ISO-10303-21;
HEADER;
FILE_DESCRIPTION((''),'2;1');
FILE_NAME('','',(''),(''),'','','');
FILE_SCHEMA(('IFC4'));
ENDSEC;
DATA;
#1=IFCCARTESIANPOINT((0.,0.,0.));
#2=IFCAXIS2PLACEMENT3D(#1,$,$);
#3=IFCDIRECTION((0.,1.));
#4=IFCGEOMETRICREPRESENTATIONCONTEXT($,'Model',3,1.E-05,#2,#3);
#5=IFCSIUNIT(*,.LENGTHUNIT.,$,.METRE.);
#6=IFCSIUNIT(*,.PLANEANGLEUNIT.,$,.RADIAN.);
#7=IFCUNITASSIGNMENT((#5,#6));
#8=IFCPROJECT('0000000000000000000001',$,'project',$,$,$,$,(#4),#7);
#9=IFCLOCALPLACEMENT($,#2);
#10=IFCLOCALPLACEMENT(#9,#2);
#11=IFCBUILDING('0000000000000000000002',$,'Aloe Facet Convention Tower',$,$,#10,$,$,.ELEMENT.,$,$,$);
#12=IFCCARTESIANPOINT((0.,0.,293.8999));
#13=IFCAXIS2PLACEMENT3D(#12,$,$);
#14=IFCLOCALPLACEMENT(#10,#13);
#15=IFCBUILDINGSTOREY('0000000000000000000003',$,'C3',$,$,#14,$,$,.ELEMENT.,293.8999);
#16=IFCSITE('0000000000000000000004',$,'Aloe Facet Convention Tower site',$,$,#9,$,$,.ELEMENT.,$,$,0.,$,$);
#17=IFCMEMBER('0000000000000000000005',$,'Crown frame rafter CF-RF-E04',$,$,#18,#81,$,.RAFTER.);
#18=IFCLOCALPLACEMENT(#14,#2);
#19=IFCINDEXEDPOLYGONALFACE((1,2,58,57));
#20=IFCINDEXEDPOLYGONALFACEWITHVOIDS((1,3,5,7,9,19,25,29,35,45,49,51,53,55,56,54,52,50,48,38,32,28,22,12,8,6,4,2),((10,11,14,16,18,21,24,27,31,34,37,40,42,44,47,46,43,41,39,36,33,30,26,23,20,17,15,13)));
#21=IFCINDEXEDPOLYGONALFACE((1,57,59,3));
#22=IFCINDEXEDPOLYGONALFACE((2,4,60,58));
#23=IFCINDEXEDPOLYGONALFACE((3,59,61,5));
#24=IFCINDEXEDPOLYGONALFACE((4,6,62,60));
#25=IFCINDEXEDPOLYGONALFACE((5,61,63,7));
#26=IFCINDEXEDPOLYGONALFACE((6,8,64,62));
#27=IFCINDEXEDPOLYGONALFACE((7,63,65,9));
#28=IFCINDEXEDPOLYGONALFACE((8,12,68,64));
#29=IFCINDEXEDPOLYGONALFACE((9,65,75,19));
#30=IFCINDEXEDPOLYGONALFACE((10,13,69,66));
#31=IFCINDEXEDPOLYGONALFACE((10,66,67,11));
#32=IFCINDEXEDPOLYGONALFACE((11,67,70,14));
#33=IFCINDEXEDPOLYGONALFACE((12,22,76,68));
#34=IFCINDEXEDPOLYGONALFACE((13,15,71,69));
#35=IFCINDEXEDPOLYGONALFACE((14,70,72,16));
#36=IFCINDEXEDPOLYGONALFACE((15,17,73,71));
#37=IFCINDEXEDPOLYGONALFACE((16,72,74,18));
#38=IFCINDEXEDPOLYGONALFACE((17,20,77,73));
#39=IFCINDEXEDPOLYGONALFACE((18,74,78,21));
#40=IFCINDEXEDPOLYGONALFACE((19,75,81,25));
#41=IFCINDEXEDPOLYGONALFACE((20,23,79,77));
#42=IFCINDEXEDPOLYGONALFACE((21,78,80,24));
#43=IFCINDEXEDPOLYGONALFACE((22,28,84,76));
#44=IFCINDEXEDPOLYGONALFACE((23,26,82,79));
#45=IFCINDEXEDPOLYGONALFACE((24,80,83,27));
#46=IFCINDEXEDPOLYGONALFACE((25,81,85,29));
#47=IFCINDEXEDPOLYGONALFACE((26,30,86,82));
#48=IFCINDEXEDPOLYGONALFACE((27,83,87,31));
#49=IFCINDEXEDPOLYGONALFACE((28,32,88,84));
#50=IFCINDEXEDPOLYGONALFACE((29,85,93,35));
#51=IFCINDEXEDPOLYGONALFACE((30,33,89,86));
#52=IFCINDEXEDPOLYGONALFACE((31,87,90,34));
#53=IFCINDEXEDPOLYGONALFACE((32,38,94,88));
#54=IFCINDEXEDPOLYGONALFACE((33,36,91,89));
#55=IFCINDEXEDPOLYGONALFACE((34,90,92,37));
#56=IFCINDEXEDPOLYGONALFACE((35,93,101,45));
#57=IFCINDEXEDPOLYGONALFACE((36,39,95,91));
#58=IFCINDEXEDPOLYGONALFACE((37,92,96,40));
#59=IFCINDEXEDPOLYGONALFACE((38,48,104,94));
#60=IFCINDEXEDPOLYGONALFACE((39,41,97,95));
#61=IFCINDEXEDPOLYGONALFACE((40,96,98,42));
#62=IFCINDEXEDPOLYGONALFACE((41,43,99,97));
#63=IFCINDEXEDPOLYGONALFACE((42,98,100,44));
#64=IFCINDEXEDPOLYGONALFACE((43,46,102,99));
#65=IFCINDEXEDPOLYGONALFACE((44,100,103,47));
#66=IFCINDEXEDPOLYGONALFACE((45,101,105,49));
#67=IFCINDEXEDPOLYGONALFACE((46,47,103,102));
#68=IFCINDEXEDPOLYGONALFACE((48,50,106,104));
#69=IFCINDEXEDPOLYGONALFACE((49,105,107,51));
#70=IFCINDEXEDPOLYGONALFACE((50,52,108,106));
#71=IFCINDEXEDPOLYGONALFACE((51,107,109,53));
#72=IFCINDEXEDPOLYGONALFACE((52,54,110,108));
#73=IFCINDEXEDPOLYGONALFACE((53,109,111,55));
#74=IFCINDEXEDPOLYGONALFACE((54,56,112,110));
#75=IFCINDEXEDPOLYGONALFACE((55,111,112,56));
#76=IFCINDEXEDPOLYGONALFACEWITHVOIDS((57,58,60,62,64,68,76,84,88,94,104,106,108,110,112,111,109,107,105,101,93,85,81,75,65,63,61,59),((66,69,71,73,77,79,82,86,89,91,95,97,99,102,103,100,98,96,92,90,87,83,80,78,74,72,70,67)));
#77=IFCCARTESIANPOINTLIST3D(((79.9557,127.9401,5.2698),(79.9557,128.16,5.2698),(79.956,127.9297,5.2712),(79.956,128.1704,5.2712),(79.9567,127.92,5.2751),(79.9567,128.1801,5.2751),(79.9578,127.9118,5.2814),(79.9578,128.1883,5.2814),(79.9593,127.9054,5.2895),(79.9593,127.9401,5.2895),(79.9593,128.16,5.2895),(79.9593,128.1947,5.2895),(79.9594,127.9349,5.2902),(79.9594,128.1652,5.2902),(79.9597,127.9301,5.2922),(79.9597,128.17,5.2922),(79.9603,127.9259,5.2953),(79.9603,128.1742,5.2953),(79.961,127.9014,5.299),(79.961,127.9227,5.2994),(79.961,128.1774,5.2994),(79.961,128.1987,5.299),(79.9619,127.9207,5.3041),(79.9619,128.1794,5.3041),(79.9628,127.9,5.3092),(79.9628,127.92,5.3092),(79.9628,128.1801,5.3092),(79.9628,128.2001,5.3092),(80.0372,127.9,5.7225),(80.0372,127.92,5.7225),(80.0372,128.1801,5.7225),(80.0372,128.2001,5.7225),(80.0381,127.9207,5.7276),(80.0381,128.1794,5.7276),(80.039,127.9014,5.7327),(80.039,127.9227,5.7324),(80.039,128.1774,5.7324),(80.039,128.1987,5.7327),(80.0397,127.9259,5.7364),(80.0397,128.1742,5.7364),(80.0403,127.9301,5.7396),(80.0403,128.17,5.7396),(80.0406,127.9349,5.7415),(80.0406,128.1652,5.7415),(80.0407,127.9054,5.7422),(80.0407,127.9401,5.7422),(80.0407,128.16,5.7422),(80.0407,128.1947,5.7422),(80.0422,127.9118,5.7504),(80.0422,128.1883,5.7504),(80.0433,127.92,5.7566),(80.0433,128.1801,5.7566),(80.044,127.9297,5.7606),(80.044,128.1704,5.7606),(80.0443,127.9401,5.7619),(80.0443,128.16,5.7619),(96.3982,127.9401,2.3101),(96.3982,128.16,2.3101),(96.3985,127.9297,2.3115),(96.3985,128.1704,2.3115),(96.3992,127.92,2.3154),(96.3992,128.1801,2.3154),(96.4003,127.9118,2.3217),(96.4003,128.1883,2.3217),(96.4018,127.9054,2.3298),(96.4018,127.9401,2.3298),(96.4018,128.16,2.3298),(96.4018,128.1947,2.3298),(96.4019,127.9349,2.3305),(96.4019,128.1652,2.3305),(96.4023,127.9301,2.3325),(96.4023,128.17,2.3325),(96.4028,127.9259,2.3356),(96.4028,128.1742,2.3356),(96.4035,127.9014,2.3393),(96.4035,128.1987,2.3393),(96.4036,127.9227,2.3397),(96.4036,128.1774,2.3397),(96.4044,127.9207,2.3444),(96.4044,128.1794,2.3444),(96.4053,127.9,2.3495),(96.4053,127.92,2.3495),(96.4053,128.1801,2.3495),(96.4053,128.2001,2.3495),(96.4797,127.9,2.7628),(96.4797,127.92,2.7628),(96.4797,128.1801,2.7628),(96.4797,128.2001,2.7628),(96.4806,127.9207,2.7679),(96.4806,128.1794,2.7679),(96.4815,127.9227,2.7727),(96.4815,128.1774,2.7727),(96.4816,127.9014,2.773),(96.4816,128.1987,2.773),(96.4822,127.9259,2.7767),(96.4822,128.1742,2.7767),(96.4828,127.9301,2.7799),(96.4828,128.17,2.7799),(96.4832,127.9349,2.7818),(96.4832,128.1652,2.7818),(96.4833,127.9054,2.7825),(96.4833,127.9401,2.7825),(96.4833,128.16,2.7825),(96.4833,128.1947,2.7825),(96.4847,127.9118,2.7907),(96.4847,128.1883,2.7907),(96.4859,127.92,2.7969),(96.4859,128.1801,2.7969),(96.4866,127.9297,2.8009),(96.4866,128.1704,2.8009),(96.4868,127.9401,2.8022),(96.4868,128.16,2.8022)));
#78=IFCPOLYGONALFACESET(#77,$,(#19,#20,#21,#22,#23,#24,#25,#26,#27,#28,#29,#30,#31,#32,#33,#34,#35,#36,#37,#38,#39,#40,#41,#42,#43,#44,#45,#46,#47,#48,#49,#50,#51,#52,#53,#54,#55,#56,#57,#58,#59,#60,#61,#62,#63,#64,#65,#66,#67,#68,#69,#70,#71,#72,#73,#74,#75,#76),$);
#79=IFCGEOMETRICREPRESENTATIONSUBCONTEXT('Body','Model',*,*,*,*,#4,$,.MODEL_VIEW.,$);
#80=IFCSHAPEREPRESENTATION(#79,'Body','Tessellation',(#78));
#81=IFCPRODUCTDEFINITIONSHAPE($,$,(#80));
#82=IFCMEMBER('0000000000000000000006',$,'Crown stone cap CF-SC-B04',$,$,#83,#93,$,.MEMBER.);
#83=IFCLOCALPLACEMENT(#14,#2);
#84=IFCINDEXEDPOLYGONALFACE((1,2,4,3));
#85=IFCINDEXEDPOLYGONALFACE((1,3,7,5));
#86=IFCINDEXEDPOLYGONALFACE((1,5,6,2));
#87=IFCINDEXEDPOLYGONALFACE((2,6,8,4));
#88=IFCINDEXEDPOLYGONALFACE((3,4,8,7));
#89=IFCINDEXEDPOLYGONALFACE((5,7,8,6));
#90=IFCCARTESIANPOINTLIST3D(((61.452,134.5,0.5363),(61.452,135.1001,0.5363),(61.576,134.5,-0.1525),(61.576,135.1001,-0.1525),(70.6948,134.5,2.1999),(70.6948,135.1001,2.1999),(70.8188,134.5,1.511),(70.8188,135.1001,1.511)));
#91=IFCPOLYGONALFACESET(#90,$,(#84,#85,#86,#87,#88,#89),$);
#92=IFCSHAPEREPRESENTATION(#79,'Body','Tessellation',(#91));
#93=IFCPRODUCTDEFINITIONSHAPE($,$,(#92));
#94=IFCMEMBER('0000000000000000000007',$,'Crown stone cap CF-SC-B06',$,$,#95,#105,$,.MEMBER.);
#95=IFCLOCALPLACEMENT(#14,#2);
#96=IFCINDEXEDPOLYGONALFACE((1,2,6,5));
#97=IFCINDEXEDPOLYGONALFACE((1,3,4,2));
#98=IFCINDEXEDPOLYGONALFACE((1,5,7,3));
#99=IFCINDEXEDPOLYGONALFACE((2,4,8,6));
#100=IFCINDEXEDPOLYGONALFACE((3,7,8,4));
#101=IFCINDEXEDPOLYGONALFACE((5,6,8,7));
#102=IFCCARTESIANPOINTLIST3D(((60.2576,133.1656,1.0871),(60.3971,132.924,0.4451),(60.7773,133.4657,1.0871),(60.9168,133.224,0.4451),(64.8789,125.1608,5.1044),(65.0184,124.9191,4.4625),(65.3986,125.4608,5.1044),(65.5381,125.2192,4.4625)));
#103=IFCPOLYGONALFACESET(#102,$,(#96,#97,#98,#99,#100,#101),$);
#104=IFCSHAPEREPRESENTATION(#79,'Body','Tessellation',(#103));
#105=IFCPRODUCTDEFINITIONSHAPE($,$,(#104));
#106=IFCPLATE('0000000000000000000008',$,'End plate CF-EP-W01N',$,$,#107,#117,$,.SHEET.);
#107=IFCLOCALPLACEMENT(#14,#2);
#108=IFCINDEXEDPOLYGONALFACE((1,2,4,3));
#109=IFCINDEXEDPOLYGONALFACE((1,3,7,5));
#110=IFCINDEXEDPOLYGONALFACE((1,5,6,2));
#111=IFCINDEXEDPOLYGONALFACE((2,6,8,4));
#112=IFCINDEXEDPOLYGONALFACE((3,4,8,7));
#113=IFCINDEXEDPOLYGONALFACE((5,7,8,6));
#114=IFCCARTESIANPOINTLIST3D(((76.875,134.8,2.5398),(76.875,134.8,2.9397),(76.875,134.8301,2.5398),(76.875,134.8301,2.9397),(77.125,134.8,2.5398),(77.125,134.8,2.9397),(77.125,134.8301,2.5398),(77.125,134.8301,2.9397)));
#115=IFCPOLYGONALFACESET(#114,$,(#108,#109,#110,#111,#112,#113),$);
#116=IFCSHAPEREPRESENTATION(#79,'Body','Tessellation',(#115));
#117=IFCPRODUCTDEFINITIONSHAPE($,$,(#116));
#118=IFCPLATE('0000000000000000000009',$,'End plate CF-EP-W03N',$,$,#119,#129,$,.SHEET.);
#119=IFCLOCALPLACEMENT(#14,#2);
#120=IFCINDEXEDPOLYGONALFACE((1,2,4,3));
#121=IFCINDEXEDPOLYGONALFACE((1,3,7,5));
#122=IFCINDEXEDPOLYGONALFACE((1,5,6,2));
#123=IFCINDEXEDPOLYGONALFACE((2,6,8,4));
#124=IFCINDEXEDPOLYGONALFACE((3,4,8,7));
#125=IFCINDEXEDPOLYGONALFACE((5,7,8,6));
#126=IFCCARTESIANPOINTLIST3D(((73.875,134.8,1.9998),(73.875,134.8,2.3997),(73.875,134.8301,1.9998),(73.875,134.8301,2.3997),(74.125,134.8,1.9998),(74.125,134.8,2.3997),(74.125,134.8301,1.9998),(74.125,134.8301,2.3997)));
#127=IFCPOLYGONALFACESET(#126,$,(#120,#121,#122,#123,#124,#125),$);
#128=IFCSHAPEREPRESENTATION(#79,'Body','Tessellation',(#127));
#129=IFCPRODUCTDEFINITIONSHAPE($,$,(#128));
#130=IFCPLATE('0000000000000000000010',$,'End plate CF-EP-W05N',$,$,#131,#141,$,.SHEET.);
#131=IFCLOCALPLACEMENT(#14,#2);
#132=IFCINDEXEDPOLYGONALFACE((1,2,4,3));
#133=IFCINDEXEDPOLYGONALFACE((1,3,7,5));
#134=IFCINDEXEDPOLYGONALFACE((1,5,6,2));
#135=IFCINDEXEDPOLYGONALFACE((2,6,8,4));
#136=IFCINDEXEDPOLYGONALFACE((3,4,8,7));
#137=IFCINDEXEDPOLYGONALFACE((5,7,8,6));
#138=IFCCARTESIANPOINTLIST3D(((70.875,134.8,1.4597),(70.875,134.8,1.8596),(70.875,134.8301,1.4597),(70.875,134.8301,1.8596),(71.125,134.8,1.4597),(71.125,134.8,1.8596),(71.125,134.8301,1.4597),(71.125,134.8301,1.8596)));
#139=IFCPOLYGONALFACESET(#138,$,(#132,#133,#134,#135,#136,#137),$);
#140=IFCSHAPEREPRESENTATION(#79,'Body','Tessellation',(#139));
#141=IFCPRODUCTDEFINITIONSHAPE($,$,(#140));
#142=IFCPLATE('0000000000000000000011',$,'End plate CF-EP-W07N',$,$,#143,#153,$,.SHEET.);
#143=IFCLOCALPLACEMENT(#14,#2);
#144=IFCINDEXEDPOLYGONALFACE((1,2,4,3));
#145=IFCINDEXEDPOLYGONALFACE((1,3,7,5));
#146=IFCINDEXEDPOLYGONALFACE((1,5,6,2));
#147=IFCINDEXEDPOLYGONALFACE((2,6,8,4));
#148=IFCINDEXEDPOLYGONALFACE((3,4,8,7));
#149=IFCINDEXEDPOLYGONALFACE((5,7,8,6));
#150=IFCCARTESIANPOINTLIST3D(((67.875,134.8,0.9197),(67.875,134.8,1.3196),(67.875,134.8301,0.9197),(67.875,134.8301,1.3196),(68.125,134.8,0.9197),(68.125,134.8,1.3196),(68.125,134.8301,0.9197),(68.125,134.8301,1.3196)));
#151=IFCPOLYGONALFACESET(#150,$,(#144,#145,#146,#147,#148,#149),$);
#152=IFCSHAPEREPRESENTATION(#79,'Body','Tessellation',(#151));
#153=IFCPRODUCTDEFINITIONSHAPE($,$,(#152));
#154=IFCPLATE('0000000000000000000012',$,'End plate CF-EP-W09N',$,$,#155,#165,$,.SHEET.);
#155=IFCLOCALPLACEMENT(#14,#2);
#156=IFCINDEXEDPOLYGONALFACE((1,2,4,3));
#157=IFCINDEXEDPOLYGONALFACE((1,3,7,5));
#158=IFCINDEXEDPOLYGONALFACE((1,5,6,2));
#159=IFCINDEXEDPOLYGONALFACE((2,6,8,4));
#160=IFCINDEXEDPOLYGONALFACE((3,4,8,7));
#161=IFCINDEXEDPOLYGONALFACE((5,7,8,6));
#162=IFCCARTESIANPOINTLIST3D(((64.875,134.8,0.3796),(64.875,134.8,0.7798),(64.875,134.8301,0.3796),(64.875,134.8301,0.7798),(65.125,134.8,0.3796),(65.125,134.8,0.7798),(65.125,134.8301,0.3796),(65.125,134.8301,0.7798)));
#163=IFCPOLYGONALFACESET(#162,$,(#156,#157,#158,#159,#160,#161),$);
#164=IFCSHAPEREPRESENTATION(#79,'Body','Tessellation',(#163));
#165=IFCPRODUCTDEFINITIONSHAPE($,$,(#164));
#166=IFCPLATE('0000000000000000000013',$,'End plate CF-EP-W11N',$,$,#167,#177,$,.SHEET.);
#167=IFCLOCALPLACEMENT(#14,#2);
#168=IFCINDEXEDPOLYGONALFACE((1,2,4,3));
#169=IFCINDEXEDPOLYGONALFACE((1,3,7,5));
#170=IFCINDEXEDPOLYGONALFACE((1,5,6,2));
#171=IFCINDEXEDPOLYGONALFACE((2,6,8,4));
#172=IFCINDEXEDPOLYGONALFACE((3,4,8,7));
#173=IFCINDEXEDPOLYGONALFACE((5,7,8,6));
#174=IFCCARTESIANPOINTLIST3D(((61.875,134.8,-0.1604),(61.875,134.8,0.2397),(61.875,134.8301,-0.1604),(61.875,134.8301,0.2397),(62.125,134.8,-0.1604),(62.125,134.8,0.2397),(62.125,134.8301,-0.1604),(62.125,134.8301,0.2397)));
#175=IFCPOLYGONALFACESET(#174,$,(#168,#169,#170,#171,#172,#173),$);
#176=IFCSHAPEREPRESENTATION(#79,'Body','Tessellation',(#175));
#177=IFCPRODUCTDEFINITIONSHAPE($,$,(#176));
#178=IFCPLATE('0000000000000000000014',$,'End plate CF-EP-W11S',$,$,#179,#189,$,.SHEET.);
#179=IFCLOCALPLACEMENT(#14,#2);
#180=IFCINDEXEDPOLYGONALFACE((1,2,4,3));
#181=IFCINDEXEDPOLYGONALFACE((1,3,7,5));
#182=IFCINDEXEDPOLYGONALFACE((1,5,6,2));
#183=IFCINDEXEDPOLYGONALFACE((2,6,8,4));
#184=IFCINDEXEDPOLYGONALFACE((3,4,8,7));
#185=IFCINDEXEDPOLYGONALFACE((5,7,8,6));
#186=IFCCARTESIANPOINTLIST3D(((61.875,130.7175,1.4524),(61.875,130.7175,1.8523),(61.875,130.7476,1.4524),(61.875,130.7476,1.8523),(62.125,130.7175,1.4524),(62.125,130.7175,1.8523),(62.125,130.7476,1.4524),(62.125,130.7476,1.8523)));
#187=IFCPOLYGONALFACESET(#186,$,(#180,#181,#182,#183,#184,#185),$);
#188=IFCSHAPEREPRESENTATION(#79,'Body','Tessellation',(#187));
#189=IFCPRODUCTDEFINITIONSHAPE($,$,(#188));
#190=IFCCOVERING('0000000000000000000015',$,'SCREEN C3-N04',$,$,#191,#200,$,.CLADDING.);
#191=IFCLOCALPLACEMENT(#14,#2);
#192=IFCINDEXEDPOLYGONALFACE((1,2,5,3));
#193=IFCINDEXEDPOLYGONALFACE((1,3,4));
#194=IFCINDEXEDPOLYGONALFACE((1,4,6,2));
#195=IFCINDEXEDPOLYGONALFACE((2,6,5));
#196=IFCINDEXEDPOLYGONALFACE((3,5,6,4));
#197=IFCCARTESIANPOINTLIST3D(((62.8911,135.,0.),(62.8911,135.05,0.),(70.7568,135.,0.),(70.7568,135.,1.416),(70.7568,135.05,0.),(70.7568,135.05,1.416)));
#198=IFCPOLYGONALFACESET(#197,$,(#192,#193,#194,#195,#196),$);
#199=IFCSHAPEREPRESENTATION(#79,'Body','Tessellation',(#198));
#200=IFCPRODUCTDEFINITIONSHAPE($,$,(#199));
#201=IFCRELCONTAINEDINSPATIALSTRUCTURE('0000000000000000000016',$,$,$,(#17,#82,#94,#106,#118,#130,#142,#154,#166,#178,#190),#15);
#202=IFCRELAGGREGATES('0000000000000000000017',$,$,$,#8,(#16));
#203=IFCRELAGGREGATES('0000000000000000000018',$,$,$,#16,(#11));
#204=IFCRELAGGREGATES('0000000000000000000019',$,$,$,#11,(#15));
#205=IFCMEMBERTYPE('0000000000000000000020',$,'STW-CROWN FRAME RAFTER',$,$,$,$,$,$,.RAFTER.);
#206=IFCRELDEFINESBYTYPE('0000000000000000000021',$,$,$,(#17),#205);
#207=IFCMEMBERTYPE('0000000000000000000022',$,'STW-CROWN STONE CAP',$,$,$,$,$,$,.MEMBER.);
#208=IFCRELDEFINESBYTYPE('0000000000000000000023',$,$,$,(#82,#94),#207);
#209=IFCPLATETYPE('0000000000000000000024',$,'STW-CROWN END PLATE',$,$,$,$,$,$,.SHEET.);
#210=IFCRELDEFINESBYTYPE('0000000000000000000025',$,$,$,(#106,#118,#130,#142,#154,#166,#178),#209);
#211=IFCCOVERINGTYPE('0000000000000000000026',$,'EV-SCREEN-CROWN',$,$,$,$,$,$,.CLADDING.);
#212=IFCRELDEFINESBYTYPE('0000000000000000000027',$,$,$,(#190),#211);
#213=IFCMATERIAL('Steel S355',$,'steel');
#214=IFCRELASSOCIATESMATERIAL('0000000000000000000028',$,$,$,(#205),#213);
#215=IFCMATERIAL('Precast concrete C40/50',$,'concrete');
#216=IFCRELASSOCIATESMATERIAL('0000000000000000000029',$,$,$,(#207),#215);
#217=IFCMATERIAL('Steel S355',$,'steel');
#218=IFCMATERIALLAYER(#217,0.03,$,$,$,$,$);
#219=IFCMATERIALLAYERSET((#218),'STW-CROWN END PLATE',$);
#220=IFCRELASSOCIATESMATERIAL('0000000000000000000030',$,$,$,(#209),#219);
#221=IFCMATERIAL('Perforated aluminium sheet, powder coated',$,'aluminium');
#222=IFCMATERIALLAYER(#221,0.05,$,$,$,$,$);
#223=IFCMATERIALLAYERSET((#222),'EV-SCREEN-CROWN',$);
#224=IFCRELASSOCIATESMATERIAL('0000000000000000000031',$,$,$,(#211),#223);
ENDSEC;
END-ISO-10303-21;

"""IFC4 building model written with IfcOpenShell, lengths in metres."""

from ifc_helpers import new_model, si_unit, direction, frame, origin, origin_2d, place, context, subcontext, project, spatial, polyline, rectangle, hollow_rectangle, outline, extrude, material, layer, layer_set, material_profile, profile_set, type_object, element, save


model = new_model("IFC4")

# Units and contexts
model_context = context("Model", 3, precision=1e-05, world=origin(), true_north=direction((0.0, 1.0)))
body_context = subcontext(model_context, "Body", "Model", "MODEL_VIEW")
ifc_project = project(units=[si_unit("LENGTHUNIT", "METRE"), si_unit("PLANEANGLEUNIT", "RADIAN")], contexts=[model_context])

# Site, building, storey
site_placement = place(None, origin())
site = spatial("IfcSite", under=ifc_project, at=site_placement, Name="Aloe Facet Convention Tower site", CompositionType="ELEMENT", RefElevation=0.0)
building_placement = place(site_placement, origin())
building = spatial("IfcBuilding", under=site, at=building_placement, Name="Aloe Facet Convention Tower", CompositionType="ELEMENT")
storey_placement = place(building_placement, frame((0.0, 0.0, 293.8999)))
storey = spatial("IfcBuildingStorey", under=building, at=storey_placement, Name="C3", CompositionType="ELEMENT", Elevation=293.8999)

# Members
ifc_material_1 = material(Name="Steel S355", Category="steel")
ifc_material_profile_1 = material_profile(ifc_material_1, hollow_rectangle(XDim=0.3, YDim=0.5, WallThickness=0.02, InnerFilletRadius=0.02, OuterFilletRadius=0.04, at=origin_2d()), Name="RHS 500x300x20")
ifc_profile_set_1 = profile_set([ifc_material_profile_1], Name="Steel S355")
member_type_1 = type_object("IfcMemberType", Name="STW-CROWN FRAME RAFTER", PredefinedType="RAFTER", material=ifc_profile_set_1)
for number, where, z_axis, x_axis, name in (
    (1, (80.0, 128.05, 5.5159), (0.984183, 0.0, -0.177156), (0.0, 1.0, 0.0), "Crown frame rafter CF-RF-E04"),
):
    element("IfcMember", number, at=place(storey_placement, frame(where, z_axis=z_axis, x_axis=x_axis)), inside=storey, type_object=member_type_1, Name=name, PredefinedType="RAFTER", context=body_context, shape_type="SweptSolid", body=[
        extrude(hollow_rectangle(XDim=0.3, YDim=0.5, WallThickness=0.02, InnerFilletRadius=0.02, OuterFilletRadius=0.04, at=origin_2d()), origin(), (0.0, 0.0, 1.0), 16.7068),
    ])
ifc_material_2 = material(Name="Precast concrete C40/50", Category="concrete")
ifc_material_profile_2 = material_profile(ifc_material_2, rectangle(XDim=0.6001, YDim=0.7, at=origin_2d()), Name="STW-CROWN STONE CAP")
ifc_profile_set_2 = profile_set([ifc_material_profile_2], Name="Precast concrete C40/50")
member_type_2 = type_object("IfcMemberType", Name="STW-CROWN STONE CAP", PredefinedType="MEMBER", material=ifc_profile_set_2)
member_1_placement = place(storey_placement, frame((70.7568, 134.8, 1.8555), z_axis=(-0.984186, 0.0, -0.177137), x_axis=(0.0, -1.0, 0.0)))
element("IfcMember", 2, at=member_1_placement, inside=storey, type_object=member_type_2, Name="Crown stone cap CF-SC-B04", PredefinedType="MEMBER", context=body_context, shape_type="SweptSolid", body=[
    extrude(rectangle(XDim=0.6001, YDim=0.7, at=origin_2d()), origin(), (0.0, 0.0, 1.0), 9.3914),
])
member_2_placement = place(storey_placement, frame((60.5872, 133.1948, 0.7661), z_axis=(0.458539, -0.794262, 0.398609), x_axis=(0.866039, 0.499977, 0.0)))
element("IfcMember", 3, at=member_2_placement, inside=storey, type_object=member_type_2, Name="Crown stone cap CF-SC-B06", PredefinedType="MEMBER", context=body_context, shape_type="SweptSolid", body=[
    extrude(rectangle(XDim=0.6001, YDim=0.7, at=origin_2d()), origin(), (0.0, 0.0, 1.0), 10.0784),
])

# Plates
ifc_material_3 = material(Name="Steel S355", Category="steel")
ifc_layer_1 = layer(ifc_material_3, 0.03)
ifc_layer_set_1 = layer_set([ifc_layer_1], Name="STW-CROWN END PLATE")
plate_type = type_object("IfcPlateType", Name="STW-CROWN END PLATE", PredefinedType="SHEET", material=ifc_layer_set_1)
for number, where, z_axis, x_axis, name in (
    (4, (76.875, 134.8, 2.5398), (0.0, -1.0, 0.0), (1.0, 0.0, 0.0), "End plate CF-EP-W01N"),
    (5, (73.875, 134.8, 1.9998), (0.0, -1.0, 0.0), (1.0, 0.0, 0.0), "End plate CF-EP-W03N"),
    (6, (70.875, 134.8, 1.4597), (0.0, -1.0, 0.0), (1.0, 0.0, 0.0), "End plate CF-EP-W05N"),
    (7, (67.875, 134.8, 0.9197), (0.0, -1.0, 0.0), (1.0, 0.0, 0.0), "End plate CF-EP-W07N"),
):
    element("IfcPlate", number, at=place(storey_placement, frame(where, z_axis=z_axis, x_axis=x_axis)), inside=storey, type_object=plate_type, Name=name, PredefinedType="SHEET", context=body_context, shape_type="SweptSolid", body=[
        extrude(outline(polyline([(0.0, 0.0), (0.25, 0.0), (0.25, 0.3999), (0.0, 0.3999), (0.0, 0.0)])), origin(), (0.0, 0.0, -1.0), 0.03),
    ])
for number, where, z_axis, x_axis, name in (
    (8, (64.875, 134.8, 0.3796), (0.0, -1.0, 0.0), (1.0, 0.0, 0.0), "End plate CF-EP-W09N"),
    (9, (61.875, 134.8, -0.1604), (0.0, -1.0, 0.0), (1.0, 0.0, 0.0), "End plate CF-EP-W11N"),
):
    element("IfcPlate", number, at=place(storey_placement, frame(where, z_axis=z_axis, x_axis=x_axis)), inside=storey, type_object=plate_type, Name=name, PredefinedType="SHEET", context=body_context, shape_type="SweptSolid", body=[
        extrude(outline(polyline([(0.0, 0.0), (0.25, 0.0), (0.25, 0.4001), (0.0, 0.4001), (0.0, 0.0)])), origin(), (0.0, 0.0, -1.0), 0.03),
    ])
plate_placement = place(storey_placement, frame((61.875, 130.7476, 1.8523), z_axis=(0.0, 1.0, 0.0), x_axis=(1.0, 0.0, 0.0)))
element("IfcPlate", 10, at=plate_placement, inside=storey, type_object=plate_type, Name="End plate CF-EP-W11S", PredefinedType="SHEET", context=body_context, shape_type="SweptSolid", body=[
    extrude(outline(polyline([(0.0, 0.0), (0.25, 0.0), (0.25, 0.3999), (0.0, 0.3999), (0.0, 0.0)])), origin(), (0.0, 0.0, -1.0), 0.03),
])

# Covering
ifc_material_4 = material(Name="Perforated aluminium sheet, powder coated", Category="aluminium")
ifc_layer_2 = layer(ifc_material_4, 0.05)
ifc_layer_set_2 = layer_set([ifc_layer_2], Name="EV-SCREEN-CROWN")
covering_type = type_object("IfcCoveringType", Name="EV-SCREEN-CROWN", PredefinedType="CLADDING", material=ifc_layer_set_2)
covering_1_placement = place(storey_placement, frame((70.7568, 135.0, 0.0), z_axis=(0.0, -1.0, 0.0), x_axis=(0.0, 0.0, 1.0)))
element("IfcCovering", 11, at=covering_1_placement, inside=storey, type_object=covering_type, Name="SCREEN C3-N04", PredefinedType="CLADDING", context=body_context, shape_type="SweptSolid", body=[
    extrude(outline(polyline([(0.0, 0.0), (1.416, 0.0), (0.0, 7.8657), (0.0, 0.0)])), origin(), (0.0, 0.0, -1.0), 0.05),
])

save(model, "model.ifc")
